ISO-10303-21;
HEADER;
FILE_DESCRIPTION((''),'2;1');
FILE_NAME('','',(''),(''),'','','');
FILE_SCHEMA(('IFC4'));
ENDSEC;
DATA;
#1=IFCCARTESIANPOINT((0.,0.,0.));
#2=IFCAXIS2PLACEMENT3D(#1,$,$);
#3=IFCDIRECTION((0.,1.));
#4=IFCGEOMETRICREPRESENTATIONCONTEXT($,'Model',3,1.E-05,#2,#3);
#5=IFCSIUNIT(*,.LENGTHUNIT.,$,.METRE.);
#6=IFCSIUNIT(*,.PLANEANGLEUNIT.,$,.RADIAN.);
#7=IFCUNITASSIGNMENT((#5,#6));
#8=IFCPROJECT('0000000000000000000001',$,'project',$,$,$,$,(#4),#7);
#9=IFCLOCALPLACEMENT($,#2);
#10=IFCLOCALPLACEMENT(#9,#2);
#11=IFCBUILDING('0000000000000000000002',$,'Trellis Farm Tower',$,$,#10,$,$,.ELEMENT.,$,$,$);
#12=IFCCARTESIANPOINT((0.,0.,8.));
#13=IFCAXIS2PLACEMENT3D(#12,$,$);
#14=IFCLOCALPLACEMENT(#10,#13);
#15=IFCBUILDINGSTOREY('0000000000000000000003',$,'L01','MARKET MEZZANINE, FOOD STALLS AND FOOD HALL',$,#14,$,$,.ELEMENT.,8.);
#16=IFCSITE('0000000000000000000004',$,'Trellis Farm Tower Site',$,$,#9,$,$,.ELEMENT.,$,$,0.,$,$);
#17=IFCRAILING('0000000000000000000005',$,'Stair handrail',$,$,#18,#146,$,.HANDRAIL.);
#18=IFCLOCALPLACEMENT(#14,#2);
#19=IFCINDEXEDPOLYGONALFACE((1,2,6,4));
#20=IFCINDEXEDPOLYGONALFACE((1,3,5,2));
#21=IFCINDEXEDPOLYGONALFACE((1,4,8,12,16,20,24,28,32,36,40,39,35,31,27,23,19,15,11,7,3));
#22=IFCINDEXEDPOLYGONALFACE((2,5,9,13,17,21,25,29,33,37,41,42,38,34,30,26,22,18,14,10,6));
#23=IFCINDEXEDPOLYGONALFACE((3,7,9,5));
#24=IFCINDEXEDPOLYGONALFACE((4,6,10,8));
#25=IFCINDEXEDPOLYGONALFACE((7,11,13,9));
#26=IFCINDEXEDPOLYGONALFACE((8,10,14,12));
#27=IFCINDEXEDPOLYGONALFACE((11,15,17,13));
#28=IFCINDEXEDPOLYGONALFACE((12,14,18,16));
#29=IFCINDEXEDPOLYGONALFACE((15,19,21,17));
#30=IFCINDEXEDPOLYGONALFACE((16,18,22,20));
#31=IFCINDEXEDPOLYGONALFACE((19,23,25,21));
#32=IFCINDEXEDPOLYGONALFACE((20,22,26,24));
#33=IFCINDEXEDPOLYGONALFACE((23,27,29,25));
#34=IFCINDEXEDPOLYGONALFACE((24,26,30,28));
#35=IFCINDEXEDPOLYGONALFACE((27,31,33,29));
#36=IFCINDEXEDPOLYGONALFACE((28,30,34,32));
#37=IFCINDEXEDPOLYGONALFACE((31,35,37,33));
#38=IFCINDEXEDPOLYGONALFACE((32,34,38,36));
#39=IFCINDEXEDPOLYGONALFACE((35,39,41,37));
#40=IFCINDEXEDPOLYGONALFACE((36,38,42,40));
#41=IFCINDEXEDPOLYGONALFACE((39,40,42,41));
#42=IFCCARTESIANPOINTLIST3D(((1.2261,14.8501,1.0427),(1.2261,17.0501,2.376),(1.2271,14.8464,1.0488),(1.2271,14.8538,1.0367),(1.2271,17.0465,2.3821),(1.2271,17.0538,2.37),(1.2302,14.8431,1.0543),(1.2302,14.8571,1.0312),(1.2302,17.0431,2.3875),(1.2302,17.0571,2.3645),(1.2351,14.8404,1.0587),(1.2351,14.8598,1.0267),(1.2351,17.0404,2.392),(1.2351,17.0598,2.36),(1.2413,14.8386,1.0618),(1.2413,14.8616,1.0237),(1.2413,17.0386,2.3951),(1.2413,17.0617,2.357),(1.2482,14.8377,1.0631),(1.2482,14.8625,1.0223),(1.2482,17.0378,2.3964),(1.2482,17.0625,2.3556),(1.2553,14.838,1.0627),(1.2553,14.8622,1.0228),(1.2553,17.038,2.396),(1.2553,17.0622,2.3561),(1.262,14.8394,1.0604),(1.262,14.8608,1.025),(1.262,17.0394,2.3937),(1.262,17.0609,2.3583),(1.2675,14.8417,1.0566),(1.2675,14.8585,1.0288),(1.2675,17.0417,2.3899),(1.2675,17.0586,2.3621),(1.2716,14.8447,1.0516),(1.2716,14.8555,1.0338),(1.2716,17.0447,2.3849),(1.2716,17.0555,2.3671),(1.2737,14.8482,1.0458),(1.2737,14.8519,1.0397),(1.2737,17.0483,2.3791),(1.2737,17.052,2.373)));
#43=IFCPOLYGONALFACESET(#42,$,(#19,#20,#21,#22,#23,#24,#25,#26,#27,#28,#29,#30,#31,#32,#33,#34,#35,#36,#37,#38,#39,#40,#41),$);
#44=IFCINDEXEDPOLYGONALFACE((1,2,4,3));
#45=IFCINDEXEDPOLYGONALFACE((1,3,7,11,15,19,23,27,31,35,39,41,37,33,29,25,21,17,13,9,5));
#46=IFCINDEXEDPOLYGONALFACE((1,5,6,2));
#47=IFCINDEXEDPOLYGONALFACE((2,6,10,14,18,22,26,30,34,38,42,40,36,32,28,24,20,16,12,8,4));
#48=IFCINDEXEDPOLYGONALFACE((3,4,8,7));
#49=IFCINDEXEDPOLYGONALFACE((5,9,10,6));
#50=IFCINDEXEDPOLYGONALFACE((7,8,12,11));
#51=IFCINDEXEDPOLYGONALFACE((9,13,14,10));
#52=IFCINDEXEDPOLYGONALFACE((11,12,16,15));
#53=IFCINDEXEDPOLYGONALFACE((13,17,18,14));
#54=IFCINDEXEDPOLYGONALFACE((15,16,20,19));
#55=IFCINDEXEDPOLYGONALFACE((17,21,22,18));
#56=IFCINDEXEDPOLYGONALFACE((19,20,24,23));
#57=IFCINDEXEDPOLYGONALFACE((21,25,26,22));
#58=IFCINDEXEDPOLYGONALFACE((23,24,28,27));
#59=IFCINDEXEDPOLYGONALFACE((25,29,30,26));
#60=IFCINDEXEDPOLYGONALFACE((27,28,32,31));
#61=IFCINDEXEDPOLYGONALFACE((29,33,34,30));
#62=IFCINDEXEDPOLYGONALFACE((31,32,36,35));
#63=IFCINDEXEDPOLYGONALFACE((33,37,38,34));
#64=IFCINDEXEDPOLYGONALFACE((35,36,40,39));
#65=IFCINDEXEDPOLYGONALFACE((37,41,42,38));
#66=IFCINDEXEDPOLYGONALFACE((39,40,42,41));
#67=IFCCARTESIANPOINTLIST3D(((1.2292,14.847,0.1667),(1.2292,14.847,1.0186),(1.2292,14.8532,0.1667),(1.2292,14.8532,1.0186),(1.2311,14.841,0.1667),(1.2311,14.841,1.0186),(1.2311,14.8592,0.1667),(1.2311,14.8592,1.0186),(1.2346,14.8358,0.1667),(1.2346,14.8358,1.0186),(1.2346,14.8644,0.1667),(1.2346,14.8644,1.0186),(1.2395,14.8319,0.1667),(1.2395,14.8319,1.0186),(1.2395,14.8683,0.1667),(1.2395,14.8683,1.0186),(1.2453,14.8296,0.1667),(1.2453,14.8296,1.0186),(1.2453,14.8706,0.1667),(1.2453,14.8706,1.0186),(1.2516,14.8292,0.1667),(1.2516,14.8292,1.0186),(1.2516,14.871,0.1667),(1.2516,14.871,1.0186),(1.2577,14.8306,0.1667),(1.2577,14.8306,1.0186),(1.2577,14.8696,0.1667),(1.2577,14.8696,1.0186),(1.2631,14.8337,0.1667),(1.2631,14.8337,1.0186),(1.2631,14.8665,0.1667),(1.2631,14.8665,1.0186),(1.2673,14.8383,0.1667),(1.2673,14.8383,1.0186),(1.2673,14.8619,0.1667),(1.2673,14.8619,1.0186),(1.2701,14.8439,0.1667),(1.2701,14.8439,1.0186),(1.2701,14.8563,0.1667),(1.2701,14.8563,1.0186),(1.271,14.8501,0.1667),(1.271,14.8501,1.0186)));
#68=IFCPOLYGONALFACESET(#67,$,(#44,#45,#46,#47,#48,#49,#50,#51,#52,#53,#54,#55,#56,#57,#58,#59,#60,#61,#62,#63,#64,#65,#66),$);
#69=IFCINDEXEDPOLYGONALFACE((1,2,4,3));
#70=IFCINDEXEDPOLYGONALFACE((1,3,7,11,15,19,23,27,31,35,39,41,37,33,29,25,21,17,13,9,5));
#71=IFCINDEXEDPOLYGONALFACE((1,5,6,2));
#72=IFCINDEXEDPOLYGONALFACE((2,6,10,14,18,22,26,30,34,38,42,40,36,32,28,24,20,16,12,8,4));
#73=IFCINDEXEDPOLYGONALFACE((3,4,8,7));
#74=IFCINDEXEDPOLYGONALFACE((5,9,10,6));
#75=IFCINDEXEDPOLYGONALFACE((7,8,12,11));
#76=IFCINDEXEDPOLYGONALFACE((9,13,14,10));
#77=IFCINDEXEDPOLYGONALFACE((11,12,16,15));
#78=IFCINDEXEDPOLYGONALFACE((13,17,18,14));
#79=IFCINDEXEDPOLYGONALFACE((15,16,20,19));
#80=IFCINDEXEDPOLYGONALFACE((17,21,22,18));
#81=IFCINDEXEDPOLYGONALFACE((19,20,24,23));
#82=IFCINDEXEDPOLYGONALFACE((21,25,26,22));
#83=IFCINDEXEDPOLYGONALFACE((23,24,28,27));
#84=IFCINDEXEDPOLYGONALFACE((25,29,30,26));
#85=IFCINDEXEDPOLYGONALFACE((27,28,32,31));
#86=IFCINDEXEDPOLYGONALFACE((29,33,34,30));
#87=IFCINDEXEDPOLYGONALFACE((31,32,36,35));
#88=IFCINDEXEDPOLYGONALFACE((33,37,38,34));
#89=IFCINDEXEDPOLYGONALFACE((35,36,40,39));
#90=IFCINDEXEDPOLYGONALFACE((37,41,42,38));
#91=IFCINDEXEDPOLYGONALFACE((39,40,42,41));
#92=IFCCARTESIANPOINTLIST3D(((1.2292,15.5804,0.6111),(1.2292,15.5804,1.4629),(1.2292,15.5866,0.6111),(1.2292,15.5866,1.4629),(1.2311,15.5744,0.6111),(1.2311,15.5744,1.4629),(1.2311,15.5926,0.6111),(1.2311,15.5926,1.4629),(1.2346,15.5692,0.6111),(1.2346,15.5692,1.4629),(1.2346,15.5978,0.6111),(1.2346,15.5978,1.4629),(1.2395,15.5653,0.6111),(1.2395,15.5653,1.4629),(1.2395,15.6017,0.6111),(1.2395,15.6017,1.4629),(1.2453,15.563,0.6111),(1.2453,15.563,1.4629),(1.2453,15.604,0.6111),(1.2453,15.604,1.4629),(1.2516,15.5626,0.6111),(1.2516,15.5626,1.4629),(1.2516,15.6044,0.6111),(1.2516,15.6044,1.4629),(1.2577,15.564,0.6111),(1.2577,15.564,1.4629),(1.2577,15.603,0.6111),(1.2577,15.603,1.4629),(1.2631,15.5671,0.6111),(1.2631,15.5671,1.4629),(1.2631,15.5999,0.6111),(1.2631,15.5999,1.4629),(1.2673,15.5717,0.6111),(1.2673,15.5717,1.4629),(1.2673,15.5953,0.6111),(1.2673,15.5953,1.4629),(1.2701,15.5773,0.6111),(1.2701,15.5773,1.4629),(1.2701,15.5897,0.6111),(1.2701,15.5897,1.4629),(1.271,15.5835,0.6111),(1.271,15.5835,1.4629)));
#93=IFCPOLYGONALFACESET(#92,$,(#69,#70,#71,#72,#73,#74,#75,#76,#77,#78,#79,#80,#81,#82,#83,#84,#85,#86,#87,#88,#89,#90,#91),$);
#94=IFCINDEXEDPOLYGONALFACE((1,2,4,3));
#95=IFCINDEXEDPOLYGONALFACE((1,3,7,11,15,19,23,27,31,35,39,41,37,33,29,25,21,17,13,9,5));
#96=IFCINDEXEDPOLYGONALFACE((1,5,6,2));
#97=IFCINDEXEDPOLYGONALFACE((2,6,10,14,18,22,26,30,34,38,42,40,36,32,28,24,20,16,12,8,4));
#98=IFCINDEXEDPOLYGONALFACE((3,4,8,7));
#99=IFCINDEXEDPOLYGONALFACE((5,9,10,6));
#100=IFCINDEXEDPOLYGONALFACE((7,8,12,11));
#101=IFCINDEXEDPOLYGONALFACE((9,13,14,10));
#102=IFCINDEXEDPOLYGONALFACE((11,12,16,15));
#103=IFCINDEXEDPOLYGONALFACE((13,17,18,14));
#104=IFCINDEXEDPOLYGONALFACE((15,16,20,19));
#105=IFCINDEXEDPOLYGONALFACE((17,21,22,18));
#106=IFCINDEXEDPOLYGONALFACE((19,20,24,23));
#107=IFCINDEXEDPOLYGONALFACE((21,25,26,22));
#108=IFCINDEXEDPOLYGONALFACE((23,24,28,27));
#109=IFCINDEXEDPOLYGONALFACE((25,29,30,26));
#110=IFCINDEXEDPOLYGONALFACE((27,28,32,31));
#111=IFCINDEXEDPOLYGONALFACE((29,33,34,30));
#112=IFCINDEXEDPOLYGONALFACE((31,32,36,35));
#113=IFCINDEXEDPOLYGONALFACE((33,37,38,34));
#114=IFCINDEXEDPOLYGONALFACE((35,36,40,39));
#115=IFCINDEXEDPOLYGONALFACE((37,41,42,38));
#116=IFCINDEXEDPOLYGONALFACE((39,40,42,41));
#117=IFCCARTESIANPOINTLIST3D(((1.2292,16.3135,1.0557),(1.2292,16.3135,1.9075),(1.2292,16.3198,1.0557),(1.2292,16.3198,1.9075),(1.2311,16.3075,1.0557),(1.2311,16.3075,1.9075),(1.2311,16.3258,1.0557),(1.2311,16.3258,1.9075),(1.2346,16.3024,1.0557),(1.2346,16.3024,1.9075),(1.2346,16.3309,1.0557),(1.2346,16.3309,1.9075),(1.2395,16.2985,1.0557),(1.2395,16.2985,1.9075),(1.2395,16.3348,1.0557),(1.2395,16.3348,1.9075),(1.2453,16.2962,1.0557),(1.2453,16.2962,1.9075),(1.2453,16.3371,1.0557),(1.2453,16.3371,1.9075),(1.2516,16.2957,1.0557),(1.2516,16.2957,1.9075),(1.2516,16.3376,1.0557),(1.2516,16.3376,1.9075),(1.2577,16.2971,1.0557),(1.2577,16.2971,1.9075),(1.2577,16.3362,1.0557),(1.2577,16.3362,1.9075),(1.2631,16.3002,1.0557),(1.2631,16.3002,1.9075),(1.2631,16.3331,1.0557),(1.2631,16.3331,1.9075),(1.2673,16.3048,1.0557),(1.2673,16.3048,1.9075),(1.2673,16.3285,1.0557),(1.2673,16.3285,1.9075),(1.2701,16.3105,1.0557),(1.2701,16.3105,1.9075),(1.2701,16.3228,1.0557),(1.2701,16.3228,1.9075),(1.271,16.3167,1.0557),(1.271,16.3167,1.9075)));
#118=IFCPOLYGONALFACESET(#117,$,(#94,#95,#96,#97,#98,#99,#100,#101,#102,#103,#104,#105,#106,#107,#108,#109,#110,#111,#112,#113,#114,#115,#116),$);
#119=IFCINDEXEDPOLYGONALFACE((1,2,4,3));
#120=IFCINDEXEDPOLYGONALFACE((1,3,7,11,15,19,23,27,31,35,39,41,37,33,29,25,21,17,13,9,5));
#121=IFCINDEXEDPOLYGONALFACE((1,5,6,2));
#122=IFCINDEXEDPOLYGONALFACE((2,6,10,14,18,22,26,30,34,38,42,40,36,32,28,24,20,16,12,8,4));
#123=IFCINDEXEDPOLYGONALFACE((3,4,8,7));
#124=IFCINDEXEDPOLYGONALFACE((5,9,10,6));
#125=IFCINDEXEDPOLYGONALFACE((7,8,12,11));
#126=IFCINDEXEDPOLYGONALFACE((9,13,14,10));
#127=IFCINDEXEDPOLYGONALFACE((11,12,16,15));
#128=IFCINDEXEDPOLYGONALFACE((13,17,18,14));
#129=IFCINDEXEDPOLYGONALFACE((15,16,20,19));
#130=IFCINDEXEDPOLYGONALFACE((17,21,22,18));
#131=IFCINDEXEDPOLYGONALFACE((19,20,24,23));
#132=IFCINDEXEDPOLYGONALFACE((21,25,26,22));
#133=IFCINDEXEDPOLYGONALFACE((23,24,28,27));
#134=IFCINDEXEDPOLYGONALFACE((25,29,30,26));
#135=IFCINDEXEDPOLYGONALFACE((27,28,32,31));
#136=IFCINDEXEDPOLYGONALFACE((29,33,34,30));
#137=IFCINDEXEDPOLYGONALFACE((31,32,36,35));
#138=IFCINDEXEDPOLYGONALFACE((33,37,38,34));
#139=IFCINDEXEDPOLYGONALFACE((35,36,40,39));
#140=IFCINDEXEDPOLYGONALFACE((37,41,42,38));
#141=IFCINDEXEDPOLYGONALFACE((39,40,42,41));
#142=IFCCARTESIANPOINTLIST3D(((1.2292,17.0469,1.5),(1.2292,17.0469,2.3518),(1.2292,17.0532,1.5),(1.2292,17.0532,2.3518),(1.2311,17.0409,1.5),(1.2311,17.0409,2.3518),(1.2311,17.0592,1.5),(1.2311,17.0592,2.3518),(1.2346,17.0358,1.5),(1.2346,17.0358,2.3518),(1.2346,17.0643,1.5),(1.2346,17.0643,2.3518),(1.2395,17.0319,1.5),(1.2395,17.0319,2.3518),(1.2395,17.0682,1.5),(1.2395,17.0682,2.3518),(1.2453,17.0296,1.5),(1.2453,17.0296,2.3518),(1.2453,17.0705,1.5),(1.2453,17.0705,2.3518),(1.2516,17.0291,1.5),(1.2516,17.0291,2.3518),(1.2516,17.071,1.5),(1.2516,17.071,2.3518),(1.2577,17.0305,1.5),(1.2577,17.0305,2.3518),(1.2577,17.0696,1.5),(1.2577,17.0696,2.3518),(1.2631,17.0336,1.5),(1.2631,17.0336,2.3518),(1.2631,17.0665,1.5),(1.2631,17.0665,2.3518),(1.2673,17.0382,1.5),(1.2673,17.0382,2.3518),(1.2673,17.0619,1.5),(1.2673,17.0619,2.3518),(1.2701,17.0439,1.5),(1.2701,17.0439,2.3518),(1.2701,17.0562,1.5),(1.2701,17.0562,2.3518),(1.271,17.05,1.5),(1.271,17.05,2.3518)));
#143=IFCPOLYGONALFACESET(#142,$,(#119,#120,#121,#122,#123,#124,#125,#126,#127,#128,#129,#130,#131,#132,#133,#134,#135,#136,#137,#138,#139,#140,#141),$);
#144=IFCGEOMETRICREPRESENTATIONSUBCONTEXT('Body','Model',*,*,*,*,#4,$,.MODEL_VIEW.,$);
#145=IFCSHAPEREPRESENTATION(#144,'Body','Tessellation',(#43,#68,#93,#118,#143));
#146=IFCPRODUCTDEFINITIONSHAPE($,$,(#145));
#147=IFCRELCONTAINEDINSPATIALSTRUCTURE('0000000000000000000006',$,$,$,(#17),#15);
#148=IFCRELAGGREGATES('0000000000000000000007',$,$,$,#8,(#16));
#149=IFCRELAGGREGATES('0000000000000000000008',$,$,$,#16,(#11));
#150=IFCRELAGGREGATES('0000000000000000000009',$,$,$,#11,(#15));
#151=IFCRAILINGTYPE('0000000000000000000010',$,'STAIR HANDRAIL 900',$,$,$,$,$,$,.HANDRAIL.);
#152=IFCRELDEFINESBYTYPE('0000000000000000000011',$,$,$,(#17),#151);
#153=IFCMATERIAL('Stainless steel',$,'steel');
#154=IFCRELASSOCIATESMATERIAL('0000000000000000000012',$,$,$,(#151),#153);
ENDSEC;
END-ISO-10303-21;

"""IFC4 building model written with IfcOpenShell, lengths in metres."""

from ifc_helpers import new_model, si_unit, direction, frame, origin, origin_2d, place, context, subcontext, project, spatial, circle, extrude, source, transform, mapped, material, type_object, element, save


model = new_model("IFC4")

# Units and contexts
model_context = context("Model", 3, precision=1e-05, world=origin(), true_north=direction((0.0, 1.0)))
body_context = subcontext(model_context, "Body", "Model", "MODEL_VIEW")
ifc_project = project(units=[si_unit("LENGTHUNIT", "METRE"), si_unit("PLANEANGLEUNIT", "RADIAN")], contexts=[model_context])

# Site, building, storey
site_placement = place(None, origin())
site = spatial("IfcSite", under=ifc_project, at=site_placement, Name="Trellis Farm Tower Site", CompositionType="ELEMENT", RefElevation=0.0)
building_placement = place(site_placement, origin())
building = spatial("IfcBuilding", under=site, at=building_placement, Name="Trellis Farm Tower", CompositionType="ELEMENT")
storey_placement = place(building_placement, frame((0.0, 0.0, 8.0)))
storey = spatial("IfcBuildingStorey", under=building, at=storey_placement, Name="L01", Description="MARKET MEZZANINE, FOOD STALLS AND FOOD HALL", CompositionType="ELEMENT", Elevation=8.0)

# Railing
ifc_material_1 = material(Name="Stainless steel", Category="steel")
railing_type = type_object("IfcRailingType", Name="STAIR HANDRAIL 900", PredefinedType="HANDRAIL", material=ifc_material_1)
shared_shape_1 = source(origin(), body_context, "Body", "SweptSolid", [
    extrude(circle(Radius=0.0239, at=origin_2d()), frame((0.0, 0.0, 0.876), z_axis=(0.0, 0.855207, 0.518287), x_axis=(-1.0, 0.0, 0.0)), (0.0, 0.0, 1.0), 2.5725),
    extrude(circle(Radius=0.021, at=origin_2d()), origin(), (0.0, 0.0, 1.0), 0.8518),
    extrude(circle(Radius=0.021, at=origin_2d()), frame((0.0, 0.7334, 0.4443)), (0.0, 0.0, 1.0), 0.8518),
    extrude(circle(Radius=0.021, at=origin_2d()), frame((0.0, 1.4666, 0.8889)), (0.0, 0.0, 1.0), 0.8518),
    extrude(circle(Radius=0.021, at=origin_2d()), frame((0.0, 2.2, 1.3333)), (0.0, 0.0, 1.0), 0.8518),
])
for number, where, name in (
    (1, (1.25, 14.8501, 0.1667), "Stair handrail"),
):
    element("IfcRailing", number, at=place(storey_placement, frame(where)), inside=storey, type_object=railing_type, Name=name, PredefinedType="HANDRAIL", context=body_context, shape_type="MappedRepresentation", body=[
        mapped(shared_shape_1, transform((0.0, 0.0, 0.0))),
    ])

save(model, "model.ifc")
